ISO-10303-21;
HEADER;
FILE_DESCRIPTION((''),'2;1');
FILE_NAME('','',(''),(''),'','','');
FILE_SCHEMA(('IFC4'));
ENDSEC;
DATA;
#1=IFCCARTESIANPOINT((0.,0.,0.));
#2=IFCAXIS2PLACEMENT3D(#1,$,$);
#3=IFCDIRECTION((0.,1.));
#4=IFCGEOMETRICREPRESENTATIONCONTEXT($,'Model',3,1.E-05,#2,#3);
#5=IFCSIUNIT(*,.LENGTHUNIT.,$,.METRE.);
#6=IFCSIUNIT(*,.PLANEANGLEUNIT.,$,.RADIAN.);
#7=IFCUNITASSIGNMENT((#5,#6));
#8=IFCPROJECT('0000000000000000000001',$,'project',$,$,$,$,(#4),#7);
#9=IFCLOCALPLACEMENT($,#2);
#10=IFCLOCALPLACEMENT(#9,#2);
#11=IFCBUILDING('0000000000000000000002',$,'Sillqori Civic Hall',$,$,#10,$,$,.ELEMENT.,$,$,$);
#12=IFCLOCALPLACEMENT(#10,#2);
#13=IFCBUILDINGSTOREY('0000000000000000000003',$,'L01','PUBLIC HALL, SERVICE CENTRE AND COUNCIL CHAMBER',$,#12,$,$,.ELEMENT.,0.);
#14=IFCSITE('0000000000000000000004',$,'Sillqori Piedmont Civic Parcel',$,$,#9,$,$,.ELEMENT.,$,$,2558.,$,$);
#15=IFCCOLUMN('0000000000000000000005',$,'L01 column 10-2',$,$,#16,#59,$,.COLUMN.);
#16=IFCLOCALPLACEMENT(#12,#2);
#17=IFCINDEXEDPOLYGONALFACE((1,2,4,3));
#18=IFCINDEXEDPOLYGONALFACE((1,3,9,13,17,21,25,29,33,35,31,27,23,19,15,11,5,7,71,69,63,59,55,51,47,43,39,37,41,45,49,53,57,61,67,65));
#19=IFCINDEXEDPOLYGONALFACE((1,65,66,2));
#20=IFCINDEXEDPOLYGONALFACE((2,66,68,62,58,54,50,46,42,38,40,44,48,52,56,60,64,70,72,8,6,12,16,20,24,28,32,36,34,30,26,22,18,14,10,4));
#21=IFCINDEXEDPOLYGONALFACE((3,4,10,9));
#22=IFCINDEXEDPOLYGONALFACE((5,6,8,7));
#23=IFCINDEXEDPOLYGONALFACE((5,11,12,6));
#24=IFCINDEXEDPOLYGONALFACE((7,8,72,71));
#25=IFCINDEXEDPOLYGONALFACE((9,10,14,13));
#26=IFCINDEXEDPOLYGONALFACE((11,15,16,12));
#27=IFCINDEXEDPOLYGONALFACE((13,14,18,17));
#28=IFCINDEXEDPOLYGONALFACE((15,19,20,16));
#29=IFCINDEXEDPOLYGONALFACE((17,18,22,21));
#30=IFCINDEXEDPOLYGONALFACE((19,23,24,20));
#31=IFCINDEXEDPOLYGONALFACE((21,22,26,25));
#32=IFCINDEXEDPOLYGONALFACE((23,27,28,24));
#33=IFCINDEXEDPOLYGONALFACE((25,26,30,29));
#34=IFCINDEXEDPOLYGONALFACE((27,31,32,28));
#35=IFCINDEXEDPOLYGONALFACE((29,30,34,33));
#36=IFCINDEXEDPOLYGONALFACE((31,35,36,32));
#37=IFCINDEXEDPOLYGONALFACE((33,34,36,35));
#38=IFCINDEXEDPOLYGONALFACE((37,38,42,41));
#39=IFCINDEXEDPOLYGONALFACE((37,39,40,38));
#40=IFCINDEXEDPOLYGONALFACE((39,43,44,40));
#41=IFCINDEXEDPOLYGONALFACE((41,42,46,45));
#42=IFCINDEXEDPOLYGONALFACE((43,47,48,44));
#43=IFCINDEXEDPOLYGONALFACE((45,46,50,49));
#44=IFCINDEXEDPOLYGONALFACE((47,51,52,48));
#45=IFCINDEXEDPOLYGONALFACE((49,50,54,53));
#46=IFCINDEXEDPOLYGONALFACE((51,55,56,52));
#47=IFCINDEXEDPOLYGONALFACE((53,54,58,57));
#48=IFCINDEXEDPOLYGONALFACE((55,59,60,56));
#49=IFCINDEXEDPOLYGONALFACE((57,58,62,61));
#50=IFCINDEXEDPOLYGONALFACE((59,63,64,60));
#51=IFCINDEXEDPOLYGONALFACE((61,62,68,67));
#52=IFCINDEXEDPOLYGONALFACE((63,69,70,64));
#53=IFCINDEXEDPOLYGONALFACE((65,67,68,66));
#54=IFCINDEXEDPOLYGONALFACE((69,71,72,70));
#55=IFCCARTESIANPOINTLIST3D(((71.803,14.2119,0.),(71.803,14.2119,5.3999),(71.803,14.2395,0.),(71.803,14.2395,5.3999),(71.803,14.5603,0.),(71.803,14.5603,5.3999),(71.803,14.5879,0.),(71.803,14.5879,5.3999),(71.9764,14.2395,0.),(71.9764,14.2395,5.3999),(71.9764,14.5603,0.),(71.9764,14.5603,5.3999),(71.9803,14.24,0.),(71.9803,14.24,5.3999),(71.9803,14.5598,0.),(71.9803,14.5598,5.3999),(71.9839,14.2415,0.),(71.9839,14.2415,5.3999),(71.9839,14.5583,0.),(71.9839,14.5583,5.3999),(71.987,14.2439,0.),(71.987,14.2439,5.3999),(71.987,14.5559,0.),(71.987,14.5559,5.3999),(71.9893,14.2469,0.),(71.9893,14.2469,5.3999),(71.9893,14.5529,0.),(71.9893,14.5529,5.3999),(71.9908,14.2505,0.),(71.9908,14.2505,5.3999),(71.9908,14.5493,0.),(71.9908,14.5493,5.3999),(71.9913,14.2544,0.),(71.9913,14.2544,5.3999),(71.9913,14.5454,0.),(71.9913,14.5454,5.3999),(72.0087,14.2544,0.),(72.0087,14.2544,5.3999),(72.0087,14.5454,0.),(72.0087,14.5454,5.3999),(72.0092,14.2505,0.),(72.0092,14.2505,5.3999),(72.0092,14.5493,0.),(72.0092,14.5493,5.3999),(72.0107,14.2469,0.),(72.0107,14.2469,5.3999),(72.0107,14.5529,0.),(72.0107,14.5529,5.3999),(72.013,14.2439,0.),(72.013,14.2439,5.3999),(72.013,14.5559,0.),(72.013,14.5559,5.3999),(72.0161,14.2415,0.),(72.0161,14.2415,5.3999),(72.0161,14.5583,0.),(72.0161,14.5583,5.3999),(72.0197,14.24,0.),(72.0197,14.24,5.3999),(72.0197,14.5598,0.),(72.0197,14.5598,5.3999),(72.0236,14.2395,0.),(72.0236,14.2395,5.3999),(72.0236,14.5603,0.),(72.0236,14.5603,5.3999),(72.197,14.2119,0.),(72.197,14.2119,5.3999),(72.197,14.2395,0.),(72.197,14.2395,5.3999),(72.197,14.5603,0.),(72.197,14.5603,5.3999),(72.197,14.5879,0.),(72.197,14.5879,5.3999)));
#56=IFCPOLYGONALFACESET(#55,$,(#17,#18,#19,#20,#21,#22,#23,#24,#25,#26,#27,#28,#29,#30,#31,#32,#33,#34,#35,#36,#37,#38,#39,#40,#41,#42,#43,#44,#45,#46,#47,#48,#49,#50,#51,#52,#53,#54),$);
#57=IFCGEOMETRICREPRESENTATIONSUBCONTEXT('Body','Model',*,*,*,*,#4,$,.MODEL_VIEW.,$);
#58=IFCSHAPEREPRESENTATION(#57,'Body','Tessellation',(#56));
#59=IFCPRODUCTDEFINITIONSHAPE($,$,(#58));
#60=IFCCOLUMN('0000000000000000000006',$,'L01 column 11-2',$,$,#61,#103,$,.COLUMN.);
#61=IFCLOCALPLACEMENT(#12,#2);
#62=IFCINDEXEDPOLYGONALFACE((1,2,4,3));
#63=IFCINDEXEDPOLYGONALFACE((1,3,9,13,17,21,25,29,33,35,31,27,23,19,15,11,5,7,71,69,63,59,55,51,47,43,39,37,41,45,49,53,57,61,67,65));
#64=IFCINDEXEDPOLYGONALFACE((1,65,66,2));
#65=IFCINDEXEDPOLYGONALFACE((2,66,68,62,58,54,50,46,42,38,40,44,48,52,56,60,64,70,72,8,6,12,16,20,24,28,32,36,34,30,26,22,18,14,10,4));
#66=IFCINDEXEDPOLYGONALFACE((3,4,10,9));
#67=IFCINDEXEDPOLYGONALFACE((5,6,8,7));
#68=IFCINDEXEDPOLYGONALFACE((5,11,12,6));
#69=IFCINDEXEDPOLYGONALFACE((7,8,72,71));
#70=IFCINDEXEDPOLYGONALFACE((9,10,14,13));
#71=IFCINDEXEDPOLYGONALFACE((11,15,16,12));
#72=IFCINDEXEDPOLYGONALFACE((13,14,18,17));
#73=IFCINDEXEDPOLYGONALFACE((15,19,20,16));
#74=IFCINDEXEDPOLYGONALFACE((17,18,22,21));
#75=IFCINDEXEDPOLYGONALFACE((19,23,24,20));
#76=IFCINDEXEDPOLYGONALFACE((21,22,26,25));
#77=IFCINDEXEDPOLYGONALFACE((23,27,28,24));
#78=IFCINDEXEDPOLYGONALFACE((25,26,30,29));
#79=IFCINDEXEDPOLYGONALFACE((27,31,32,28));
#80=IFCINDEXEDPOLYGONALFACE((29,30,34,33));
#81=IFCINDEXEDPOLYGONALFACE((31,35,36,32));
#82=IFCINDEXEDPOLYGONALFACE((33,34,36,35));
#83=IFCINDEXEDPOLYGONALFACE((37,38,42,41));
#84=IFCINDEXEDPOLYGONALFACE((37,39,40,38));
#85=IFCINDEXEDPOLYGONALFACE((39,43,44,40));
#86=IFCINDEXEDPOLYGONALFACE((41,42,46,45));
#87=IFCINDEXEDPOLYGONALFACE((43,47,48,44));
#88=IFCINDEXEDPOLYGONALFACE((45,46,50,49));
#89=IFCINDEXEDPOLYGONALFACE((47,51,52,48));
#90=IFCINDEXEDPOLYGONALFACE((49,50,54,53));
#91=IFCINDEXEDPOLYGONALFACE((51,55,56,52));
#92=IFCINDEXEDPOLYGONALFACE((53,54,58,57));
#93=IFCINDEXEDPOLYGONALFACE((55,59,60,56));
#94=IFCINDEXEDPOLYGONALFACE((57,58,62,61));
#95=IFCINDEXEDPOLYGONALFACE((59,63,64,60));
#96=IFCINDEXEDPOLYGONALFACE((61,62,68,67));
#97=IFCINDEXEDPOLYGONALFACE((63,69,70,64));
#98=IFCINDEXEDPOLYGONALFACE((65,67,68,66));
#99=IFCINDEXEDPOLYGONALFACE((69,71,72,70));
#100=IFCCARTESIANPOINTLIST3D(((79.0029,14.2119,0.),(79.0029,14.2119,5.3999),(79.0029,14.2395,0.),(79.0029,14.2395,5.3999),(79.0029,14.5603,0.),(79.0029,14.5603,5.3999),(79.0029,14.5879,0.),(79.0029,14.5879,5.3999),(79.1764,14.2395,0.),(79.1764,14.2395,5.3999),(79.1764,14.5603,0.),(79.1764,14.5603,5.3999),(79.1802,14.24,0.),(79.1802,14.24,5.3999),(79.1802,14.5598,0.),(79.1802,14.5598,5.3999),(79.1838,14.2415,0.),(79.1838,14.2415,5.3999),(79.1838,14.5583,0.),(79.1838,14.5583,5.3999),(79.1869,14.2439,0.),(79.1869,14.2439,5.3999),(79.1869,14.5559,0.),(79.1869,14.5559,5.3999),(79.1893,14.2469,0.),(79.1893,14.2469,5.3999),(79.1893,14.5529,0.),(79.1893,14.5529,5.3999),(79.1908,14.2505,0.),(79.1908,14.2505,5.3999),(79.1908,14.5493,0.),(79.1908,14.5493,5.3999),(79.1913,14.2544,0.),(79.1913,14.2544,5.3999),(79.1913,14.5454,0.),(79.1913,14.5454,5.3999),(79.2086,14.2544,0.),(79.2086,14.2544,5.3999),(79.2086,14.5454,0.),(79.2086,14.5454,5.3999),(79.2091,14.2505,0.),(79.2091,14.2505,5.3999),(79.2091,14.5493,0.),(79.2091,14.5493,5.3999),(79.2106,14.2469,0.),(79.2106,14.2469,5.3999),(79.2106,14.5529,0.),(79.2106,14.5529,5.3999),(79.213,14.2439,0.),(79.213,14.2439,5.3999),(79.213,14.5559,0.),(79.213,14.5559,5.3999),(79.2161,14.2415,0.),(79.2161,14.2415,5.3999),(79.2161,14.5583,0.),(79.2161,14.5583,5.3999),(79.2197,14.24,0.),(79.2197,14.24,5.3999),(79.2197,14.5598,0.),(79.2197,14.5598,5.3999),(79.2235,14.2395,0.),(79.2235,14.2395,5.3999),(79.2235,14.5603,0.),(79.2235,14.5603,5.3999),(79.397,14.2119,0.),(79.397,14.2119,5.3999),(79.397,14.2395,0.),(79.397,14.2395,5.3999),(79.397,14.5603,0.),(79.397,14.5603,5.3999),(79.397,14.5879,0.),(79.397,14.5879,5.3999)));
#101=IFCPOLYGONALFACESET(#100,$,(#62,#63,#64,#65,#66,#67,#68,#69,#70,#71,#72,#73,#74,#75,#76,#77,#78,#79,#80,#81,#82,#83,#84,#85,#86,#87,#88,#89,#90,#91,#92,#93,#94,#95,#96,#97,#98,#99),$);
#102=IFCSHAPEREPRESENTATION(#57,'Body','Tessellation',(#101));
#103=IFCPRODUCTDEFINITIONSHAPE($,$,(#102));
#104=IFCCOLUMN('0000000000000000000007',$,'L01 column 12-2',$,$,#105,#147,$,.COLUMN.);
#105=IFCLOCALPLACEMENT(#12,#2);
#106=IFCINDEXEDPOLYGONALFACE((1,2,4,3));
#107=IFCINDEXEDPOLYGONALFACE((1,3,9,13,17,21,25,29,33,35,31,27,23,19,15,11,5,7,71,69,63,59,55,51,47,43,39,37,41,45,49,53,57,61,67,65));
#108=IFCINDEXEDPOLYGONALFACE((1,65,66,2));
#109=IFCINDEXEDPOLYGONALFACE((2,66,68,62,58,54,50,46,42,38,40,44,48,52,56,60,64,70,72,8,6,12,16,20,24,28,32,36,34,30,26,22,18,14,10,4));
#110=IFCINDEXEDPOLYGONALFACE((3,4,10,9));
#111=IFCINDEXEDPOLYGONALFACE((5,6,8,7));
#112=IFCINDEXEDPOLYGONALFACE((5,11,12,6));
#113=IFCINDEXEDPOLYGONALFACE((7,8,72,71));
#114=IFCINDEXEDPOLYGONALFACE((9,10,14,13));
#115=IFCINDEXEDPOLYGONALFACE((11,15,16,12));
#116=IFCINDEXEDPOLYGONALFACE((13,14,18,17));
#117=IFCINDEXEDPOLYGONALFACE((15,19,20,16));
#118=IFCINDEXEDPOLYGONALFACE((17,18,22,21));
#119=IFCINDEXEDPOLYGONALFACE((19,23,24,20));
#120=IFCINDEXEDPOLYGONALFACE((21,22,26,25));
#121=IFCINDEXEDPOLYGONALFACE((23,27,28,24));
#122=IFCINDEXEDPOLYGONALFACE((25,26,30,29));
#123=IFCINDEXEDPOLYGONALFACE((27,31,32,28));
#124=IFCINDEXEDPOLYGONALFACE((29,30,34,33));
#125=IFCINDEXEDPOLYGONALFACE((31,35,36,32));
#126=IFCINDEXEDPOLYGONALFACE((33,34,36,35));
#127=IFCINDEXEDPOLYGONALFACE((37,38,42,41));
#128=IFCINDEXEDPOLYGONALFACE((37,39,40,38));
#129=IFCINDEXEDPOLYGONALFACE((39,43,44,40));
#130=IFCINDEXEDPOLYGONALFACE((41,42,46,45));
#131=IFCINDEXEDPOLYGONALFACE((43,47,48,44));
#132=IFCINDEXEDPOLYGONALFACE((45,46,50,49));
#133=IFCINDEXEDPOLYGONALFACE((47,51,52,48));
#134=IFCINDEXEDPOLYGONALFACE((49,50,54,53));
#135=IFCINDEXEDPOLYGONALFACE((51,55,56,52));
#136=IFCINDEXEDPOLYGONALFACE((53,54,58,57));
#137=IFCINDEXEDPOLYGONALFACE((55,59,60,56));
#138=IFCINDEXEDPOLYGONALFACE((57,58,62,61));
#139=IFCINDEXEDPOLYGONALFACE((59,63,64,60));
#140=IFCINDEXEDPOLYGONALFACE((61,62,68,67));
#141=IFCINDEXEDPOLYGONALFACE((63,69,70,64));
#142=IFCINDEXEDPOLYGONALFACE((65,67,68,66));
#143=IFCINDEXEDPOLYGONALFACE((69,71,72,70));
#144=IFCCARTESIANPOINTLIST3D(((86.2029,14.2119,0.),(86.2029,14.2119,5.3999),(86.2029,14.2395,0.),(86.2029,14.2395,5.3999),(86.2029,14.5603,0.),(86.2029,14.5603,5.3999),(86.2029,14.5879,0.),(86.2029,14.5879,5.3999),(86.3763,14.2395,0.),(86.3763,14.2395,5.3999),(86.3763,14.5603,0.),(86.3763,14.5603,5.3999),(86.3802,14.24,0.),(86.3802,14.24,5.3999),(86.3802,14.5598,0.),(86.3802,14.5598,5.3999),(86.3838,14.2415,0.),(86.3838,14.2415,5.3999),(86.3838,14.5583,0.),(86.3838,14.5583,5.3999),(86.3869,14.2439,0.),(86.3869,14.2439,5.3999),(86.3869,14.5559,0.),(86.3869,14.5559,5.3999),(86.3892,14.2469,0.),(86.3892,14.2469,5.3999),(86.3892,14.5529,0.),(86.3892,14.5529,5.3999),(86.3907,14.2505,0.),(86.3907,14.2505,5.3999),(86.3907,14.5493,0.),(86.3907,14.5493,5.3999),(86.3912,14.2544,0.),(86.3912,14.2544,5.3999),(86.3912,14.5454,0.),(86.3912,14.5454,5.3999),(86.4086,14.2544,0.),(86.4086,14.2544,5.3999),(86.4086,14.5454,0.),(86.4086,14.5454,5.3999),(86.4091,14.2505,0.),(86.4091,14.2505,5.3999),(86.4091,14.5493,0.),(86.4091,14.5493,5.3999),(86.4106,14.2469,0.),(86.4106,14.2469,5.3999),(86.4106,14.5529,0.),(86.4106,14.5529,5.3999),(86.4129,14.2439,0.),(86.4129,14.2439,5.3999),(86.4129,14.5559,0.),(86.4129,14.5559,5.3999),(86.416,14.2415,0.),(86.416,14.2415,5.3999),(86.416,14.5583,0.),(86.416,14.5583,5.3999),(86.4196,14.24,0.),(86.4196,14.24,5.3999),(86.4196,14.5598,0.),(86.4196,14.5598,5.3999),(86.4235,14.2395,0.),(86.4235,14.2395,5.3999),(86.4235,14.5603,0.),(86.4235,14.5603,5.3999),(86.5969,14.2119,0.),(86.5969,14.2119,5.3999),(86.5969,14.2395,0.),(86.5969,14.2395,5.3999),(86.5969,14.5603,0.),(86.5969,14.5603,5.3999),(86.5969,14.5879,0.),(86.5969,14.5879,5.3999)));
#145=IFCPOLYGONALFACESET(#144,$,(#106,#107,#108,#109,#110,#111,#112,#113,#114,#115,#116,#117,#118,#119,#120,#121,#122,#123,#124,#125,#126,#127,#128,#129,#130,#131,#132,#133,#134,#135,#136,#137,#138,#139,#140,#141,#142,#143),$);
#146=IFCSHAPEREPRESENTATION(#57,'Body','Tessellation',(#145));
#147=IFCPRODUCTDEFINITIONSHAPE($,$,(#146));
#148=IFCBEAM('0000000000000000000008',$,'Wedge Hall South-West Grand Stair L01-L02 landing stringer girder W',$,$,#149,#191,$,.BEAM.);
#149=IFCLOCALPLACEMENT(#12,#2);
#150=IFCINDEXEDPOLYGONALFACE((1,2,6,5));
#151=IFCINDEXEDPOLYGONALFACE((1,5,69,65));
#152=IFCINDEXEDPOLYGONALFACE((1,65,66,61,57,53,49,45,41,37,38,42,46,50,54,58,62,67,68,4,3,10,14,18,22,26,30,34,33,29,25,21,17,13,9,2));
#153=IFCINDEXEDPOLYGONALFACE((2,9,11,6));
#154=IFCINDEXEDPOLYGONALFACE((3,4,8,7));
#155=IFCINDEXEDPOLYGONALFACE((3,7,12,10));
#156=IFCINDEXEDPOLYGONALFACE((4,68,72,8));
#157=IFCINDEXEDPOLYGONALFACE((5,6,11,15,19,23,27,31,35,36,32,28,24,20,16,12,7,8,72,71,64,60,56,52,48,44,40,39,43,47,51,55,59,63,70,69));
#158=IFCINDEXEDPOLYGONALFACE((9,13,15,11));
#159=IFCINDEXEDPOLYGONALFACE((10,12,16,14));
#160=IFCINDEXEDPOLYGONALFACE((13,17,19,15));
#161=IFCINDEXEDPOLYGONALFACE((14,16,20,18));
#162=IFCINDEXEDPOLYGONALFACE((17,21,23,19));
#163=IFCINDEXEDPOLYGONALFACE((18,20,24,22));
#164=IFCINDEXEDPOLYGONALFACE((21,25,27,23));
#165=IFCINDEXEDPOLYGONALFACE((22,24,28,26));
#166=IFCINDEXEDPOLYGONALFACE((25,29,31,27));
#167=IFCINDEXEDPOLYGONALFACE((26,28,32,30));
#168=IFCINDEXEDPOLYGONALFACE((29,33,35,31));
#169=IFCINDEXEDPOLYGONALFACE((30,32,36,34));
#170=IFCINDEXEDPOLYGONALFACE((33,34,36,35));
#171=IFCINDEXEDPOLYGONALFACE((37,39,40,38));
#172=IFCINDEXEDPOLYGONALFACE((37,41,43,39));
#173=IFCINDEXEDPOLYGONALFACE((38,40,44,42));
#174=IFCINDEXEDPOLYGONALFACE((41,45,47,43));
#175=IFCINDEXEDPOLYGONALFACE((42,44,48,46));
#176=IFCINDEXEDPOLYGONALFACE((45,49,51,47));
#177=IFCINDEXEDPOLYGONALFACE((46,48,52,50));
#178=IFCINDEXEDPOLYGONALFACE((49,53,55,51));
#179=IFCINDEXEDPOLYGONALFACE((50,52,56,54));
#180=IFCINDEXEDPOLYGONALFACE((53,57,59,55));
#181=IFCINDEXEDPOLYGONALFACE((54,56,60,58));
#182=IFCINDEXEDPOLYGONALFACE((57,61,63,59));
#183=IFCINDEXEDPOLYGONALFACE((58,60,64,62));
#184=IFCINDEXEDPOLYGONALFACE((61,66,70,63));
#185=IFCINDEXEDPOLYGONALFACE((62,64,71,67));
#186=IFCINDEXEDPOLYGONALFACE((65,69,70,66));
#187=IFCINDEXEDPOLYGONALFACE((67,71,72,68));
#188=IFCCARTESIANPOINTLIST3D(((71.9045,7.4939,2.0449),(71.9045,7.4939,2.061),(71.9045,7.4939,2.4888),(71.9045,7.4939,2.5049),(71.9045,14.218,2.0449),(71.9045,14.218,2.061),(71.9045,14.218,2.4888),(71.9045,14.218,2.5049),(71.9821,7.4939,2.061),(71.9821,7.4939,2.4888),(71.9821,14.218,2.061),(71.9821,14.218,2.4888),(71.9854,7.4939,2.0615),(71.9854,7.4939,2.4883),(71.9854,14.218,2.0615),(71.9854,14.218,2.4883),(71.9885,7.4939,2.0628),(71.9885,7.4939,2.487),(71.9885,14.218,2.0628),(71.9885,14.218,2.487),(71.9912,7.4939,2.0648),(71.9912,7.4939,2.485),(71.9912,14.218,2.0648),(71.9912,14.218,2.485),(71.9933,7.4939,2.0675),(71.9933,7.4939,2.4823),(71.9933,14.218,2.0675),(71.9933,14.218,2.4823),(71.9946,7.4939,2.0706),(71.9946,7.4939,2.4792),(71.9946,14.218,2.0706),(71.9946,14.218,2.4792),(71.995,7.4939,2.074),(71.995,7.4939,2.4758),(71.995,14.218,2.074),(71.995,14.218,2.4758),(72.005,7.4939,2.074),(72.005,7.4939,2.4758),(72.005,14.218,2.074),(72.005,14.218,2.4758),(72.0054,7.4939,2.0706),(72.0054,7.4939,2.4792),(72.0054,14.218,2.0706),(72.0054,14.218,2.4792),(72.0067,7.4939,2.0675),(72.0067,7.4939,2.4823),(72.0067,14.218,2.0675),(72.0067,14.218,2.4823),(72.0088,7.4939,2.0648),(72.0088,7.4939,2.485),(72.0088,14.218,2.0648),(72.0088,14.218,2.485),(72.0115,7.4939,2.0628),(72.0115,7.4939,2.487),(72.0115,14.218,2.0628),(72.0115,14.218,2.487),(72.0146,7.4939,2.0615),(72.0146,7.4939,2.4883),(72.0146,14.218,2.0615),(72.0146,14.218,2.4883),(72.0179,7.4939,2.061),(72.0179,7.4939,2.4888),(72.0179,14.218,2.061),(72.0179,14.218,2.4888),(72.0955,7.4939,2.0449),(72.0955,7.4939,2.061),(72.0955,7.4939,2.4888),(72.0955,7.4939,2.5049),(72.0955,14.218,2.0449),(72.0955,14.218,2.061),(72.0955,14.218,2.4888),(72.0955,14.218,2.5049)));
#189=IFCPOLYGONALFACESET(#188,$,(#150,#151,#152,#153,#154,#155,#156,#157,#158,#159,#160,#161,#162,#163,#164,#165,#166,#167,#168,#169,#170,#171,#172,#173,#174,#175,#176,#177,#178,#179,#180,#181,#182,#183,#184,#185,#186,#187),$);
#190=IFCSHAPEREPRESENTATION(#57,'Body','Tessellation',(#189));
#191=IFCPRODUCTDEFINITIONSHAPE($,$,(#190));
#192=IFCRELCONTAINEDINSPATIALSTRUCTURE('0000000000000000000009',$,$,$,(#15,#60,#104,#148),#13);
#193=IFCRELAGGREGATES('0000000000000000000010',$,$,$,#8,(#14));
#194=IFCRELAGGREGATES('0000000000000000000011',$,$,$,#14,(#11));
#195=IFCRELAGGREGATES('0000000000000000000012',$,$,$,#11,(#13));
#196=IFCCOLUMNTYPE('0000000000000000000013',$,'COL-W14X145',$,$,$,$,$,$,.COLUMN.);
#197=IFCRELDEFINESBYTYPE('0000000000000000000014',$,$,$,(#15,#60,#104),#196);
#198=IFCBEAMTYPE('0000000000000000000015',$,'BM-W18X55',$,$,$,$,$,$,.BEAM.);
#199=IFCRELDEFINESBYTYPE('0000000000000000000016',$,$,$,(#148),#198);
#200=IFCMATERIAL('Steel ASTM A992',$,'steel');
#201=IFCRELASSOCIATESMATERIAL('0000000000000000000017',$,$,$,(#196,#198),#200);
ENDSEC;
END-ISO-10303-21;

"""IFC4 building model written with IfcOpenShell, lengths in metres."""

from ifc_helpers import new_model, si_unit, direction, frame, origin, origin_2d, place, context, subcontext, project, spatial, i_section, extrude, material, material_profile, profile_set, type_object, element, save


model = new_model("IFC4")

# Units and contexts
model_context = context("Model", 3, precision=1e-05, world=origin(), true_north=direction((0.0, 1.0)))
body_context = subcontext(model_context, "Body", "Model", "MODEL_VIEW")
ifc_project = project(units=[si_unit("LENGTHUNIT", "METRE"), si_unit("PLANEANGLEUNIT", "RADIAN")], contexts=[model_context])

# Site, building, storey
site_placement = place(None, origin())
site = spatial("IfcSite", under=ifc_project, at=site_placement, Name="Sillqori Piedmont Civic Parcel", CompositionType="ELEMENT", RefElevation=2558.0)
building_placement = place(site_placement, origin())
building = spatial("IfcBuilding", under=site, at=building_placement, Name="Sillqori Civic Hall", CompositionType="ELEMENT")
storey_placement = place(building_placement, origin())
storey = spatial("IfcBuildingStorey", under=building, at=storey_placement, Name="L01", Description="PUBLIC HALL, SERVICE CENTRE AND COUNCIL CHAMBER", CompositionType="ELEMENT", Elevation=0.0)

# Columns
ifc_material_1 = material(Name="Steel ASTM A992", Category="steel")
ifc_material_profile_1 = material_profile(ifc_material_1, i_section(OverallWidth=0.394, OverallDepth=0.376, WebThickness=0.0173, FlangeThickness=0.0276, FilletRadius=0.0149, at=origin_2d()), Name="W14X145")
ifc_profile_set_1 = profile_set([ifc_material_profile_1], Name="Steel ASTM A992")
column_type = type_object("IfcColumnType", Name="COL-W14X145", PredefinedType="COLUMN", material=ifc_profile_set_1)
for number, where, z_axis, x_axis, name in (
    (1, (72.0, 14.3999, 0.0), (0.0, 0.0, 1.0), (1.0, 0.0, 0.0), "L01 column 10-2"),
    (2, (79.2, 14.3999, 0.0), (0.0, 0.0, 1.0), (1.0, 0.0, 0.0), "L01 column 11-2"),
    (3, (86.3999, 14.3999, 0.0), (0.0, 0.0, 1.0), (1.0, 0.0, 0.0), "L01 column 12-2"),
):
    element("IfcColumn", number, at=place(storey_placement, frame(where, z_axis=z_axis, x_axis=x_axis)), inside=storey, type_object=column_type, Name=name, PredefinedType="COLUMN", context=body_context, shape_type="SweptSolid", body=[
        extrude(i_section(OverallWidth=0.394, OverallDepth=0.376, WebThickness=0.0173, FlangeThickness=0.0276, FilletRadius=0.0149, at=origin_2d()), origin(), (0.0, 0.0, 1.0), 5.3999),
    ])

# Beam
ifc_material_profile_2 = material_profile(ifc_material_1, i_section(OverallWidth=0.1909, OverallDepth=0.46, WebThickness=0.01, FlangeThickness=0.0161, FilletRadius=0.0129, at=origin_2d()), Name="W18X55")
ifc_profile_set_2 = profile_set([ifc_material_profile_2], Name="Steel ASTM A992")
beam_type_1 = type_object("IfcBeamType", Name="BM-W18X55", PredefinedType="BEAM", material=ifc_profile_set_2)
for number, where, z_axis, x_axis, name in (
    (4, (72.0, 7.4939, 2.2749), (0.0, 1.0, 0.0), (-1.0, 0.0, 0.0), "Wedge Hall South-West Grand Stair L01-L02 landing stringer girder W"),
):
    element("IfcBeam", number, at=place(storey_placement, frame(where, z_axis=z_axis, x_axis=x_axis)), inside=storey, type_object=beam_type_1, Name=name, PredefinedType="BEAM", context=body_context, shape_type="SweptSolid", body=[
        extrude(i_section(OverallWidth=0.1909, OverallDepth=0.46, WebThickness=0.01, FlangeThickness=0.0161, FilletRadius=0.0129, at=origin_2d()), origin(), (0.0, 0.0, 1.0), 6.7241),
    ])

save(model, "model.ifc")
